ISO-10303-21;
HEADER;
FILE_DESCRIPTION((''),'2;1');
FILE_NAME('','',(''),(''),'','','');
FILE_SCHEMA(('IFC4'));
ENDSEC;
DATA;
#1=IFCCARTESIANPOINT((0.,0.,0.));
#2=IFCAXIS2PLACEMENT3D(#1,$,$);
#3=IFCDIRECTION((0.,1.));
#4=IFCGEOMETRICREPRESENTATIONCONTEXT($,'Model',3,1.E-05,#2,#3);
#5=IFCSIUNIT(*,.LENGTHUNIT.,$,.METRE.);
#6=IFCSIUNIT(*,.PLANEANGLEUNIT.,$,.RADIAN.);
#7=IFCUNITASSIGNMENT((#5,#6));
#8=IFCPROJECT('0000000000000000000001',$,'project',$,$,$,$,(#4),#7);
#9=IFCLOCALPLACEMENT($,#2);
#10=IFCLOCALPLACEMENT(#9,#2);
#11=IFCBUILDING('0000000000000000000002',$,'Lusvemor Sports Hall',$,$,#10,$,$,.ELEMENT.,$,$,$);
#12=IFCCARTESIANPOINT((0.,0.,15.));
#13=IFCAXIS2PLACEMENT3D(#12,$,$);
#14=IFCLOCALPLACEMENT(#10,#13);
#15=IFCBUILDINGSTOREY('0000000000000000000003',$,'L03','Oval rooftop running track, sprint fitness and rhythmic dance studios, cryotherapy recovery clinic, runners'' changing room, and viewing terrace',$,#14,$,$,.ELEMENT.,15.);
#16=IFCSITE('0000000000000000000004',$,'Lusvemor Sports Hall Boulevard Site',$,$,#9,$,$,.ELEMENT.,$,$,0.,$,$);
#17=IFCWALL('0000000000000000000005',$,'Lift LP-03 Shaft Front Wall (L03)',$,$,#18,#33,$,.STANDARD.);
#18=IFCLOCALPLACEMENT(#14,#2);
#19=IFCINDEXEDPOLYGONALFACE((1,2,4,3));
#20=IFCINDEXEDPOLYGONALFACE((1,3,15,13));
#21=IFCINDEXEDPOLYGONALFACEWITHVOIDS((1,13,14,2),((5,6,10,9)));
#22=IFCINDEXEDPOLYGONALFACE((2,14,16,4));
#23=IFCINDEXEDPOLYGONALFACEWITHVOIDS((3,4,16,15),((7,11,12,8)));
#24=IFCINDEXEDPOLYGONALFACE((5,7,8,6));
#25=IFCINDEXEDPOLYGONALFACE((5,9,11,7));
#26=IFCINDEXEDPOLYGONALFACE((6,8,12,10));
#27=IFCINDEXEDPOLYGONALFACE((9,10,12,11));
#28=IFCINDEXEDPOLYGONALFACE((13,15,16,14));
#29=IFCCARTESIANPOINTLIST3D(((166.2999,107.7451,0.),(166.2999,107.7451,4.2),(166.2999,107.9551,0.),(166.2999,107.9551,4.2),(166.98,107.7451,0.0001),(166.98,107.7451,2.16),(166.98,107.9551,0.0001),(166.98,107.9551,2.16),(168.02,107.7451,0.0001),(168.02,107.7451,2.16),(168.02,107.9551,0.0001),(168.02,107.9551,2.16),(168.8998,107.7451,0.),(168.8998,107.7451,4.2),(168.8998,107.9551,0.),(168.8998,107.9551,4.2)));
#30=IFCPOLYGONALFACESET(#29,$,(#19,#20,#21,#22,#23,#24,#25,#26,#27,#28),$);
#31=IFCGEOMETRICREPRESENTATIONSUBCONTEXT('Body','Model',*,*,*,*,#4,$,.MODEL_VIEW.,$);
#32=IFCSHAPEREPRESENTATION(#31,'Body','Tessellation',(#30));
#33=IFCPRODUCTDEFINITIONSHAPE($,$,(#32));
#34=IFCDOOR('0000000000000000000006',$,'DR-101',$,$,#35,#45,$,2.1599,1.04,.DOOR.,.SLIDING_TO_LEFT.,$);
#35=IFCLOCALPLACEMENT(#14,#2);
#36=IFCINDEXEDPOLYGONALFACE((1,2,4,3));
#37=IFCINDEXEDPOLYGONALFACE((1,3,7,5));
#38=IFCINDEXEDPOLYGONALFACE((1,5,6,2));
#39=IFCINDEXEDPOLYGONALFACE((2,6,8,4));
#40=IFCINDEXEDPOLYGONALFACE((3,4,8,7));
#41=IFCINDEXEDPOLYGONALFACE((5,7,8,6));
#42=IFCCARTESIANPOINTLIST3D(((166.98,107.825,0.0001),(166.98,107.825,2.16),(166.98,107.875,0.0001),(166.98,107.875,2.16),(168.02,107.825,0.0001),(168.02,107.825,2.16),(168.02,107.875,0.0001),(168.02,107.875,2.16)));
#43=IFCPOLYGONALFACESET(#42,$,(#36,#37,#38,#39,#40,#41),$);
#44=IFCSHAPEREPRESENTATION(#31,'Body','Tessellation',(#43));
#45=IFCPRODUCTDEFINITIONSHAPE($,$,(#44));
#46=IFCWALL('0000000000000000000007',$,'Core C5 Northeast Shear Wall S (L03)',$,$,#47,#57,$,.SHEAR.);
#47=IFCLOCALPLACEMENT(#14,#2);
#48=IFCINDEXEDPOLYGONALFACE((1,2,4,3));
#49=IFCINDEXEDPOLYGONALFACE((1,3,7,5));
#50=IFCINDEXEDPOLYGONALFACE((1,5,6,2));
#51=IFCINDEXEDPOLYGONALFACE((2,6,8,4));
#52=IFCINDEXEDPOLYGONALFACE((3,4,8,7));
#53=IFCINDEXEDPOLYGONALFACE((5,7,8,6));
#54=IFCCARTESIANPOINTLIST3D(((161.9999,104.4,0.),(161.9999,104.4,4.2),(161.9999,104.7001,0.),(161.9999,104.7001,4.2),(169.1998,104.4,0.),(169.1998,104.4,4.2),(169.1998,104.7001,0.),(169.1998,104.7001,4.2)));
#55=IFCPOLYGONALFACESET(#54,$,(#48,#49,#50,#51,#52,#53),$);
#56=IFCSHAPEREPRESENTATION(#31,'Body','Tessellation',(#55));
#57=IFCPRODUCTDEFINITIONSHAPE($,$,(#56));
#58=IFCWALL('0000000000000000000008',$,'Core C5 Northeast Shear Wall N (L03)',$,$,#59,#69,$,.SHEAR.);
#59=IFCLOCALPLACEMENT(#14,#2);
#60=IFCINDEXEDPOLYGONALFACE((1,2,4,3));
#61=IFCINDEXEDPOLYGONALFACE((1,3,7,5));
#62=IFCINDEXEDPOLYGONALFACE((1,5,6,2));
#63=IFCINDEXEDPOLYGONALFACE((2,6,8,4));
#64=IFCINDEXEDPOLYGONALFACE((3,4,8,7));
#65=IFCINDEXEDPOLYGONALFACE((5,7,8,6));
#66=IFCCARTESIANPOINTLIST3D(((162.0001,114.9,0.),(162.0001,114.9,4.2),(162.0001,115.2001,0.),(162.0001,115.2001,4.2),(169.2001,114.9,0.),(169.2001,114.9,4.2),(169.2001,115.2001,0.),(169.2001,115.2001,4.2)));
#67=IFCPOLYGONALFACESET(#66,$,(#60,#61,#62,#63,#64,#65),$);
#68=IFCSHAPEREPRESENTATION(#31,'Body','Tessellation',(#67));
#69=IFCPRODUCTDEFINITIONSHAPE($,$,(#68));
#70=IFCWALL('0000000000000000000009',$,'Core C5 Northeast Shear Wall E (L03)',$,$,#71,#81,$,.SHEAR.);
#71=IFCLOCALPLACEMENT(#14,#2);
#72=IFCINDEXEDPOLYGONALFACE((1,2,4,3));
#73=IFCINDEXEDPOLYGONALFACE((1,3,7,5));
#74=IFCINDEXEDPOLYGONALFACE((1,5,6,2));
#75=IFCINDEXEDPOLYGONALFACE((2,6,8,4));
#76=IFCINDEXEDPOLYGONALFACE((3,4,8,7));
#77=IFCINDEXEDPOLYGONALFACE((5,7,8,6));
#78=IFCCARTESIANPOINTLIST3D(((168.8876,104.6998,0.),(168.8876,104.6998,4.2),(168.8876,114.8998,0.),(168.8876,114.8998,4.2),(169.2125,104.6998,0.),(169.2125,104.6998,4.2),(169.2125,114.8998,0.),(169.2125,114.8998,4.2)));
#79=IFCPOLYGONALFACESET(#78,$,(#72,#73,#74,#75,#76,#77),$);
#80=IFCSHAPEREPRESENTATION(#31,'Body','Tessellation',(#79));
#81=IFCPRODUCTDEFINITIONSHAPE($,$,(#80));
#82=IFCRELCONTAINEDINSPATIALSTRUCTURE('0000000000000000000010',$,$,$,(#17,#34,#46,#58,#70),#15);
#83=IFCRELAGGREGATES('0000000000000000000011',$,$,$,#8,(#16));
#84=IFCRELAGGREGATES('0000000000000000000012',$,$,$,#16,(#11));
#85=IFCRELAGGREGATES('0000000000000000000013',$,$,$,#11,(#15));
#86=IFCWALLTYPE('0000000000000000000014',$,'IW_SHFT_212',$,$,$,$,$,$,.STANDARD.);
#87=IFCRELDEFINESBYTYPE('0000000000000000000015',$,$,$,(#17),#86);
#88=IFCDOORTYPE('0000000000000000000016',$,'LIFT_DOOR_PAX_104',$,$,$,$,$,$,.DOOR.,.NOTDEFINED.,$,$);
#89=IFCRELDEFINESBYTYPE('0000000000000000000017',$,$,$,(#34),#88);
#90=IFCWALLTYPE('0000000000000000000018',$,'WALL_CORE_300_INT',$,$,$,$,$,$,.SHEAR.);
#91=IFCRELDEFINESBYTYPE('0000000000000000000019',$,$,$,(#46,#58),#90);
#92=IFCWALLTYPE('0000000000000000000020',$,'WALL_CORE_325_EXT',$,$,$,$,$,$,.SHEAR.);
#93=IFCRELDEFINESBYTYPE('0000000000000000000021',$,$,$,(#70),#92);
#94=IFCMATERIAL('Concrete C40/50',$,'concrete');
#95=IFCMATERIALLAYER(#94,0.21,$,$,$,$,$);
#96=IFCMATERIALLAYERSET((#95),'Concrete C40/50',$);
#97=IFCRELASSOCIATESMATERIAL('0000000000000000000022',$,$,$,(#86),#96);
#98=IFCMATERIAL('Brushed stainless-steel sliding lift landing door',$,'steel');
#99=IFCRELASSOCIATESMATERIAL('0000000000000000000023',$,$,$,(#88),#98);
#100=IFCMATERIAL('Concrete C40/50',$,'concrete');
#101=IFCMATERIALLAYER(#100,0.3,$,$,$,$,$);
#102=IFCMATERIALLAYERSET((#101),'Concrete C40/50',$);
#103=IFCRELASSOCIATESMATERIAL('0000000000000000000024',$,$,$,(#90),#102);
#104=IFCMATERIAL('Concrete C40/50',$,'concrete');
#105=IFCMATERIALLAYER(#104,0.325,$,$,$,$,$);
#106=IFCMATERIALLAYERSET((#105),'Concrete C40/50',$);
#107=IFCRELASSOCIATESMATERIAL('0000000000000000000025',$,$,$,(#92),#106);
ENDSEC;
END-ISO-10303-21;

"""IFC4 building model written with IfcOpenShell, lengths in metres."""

from ifc_helpers import new_model, si_unit, direction, frame, frame_2d, origin, place, context, subcontext, project, spatial, rectangle, extrude, material, layer, layer_set, type_object, element, fill, save


model = new_model("IFC4")

# Units and contexts
model_context = context("Model", 3, precision=1e-05, world=origin(), true_north=direction((0.0, 1.0)))
body_context = subcontext(model_context, "Body", "Model", "MODEL_VIEW")
ifc_project = project(units=[si_unit("LENGTHUNIT", "METRE"), si_unit("PLANEANGLEUNIT", "RADIAN")], contexts=[model_context])

# Site, building, storey
site_placement = place(None, origin())
site = spatial("IfcSite", under=ifc_project, at=site_placement, Name="Lusvemor Sports Hall Boulevard Site", CompositionType="ELEMENT", RefElevation=0.0)
building_placement = place(site_placement, origin())
building = spatial("IfcBuilding", under=site, at=building_placement, Name="Lusvemor Sports Hall", CompositionType="ELEMENT")
storey_placement = place(building_placement, frame((0.0, 0.0, 15.0)))
storey = spatial("IfcBuildingStorey", under=building, at=storey_placement, Name="L03", Description="Oval rooftop running track, sprint fitness and rhythmic dance studios, cryotherapy recovery clinic, runners' changing room, and viewing terrace", CompositionType="ELEMENT", Elevation=15.0)

# Wall, opening, door
ifc_material_1 = material(Name="Concrete C40/50", Category="concrete")
ifc_layer_1 = layer(ifc_material_1, 0.21)
ifc_layer_set_1 = layer_set([ifc_layer_1], Name="Concrete C40/50")
wall_type_1 = type_object("IfcWallType", Name="IW_SHFT_212", PredefinedType="STANDARD", material=ifc_layer_set_1)
wall_1_placement = place(storey_placement, frame((166.3, 107.8501, 0.0), z_axis=(0.0, 0.0, 1.0), x_axis=(1.0, 0.0, 0.0)))
wall_1 = element("IfcWall", 1, at=wall_1_placement, inside=storey, type_object=wall_type_1, Name="Lift LP-03 Shaft Front Wall (L03)", PredefinedType="STANDARD", context=body_context, shape_type="SweptSolid", body=[
    extrude(rectangle(XDim=2.5999, YDim=0.21, at=frame_2d((1.2998, 0.0))), origin(), (0.0, 0.0, 1.0), 4.2),
])
opening_1_placement = place(wall_1_placement, frame((0.6799, 0.0, 0.0)))
opening_1 = element("IfcOpeningElement", 2, at=opening_1_placement, cuts=wall_1, PredefinedType="OPENING", context=body_context, shape_type="SweptSolid", body=[
    extrude(rectangle(XDim=1.04, YDim=2.1599, at=frame_2d((0.52, 1.0801))), frame((0.0, 0.105, 0.0), z_axis=(0.0, -1.0, 0.0), x_axis=(1.0, 0.0, 0.0)), (0.0, 0.0, 1.0), 0.21),
])
ifc_material_2 = material(Name="Brushed stainless-steel sliding lift landing door", Category="steel")
door_type_1 = type_object("IfcDoorType", Name="LIFT_DOOR_PAX_104", OperationType="NOTDEFINED", PredefinedType="DOOR", material=ifc_material_2)
door_1_placement = place(opening_1_placement, origin())
door_1 = element("IfcDoor", 3, at=door_1_placement, inside=storey, type_object=door_type_1, Name="DR-101", OperationType="SLIDING_TO_LEFT", OverallHeight=2.1599, OverallWidth=1.04, PredefinedType="DOOR", context=body_context, shape_type="SweptSolid", body=[
    extrude(rectangle(XDim=1.04, YDim=2.1599, at=frame_2d((0.52, 1.0801))), frame((0.0, 0.0249, 0.0), z_axis=(0.0, -1.0, 0.0), x_axis=(1.0, 0.0, 0.0)), (0.0, 0.0, 1.0), 0.05),
])
fill(opening_1, door_1)

# Walls
ifc_material_3 = material(Name="Concrete C40/50", Category="concrete")
ifc_layer_2 = layer(ifc_material_3, 0.3)
ifc_layer_set_2 = layer_set([ifc_layer_2], Name="Concrete C40/50")
wall_type_2 = type_object("IfcWallType", Name="WALL_CORE_300_INT", PredefinedType="SHEAR", material=ifc_layer_set_2)
for number, where, z_axis, x_axis, name in (
    (4, (169.2, 104.55, 0.0), (0.0, 0.0, 1.0), (-1.0, 0.0, 0.0), "Core C5 Northeast Shear Wall S (L03)"),
    (5, (162.0, 115.05, 0.0), (0.0, 0.0, 1.0), (1.0, 0.0, 0.0), "Core C5 Northeast Shear Wall N (L03)"),
):
    element("IfcWall", number, at=place(storey_placement, frame(where, z_axis=z_axis, x_axis=x_axis)), inside=storey, type_object=wall_type_2, Name=name, PredefinedType="SHEAR", context=body_context, shape_type="SweptSolid", body=[
        extrude(rectangle(XDim=7.2, YDim=0.3, at=frame_2d((3.6001, 0.0))), origin(), (0.0, 0.0, 1.0), 4.2),
    ])

# Wall
ifc_material_4 = material(Name="Concrete C40/50", Category="concrete")
ifc_layer_3 = layer(ifc_material_4, 0.325)
ifc_layer_set_3 = layer_set([ifc_layer_3], Name="Concrete C40/50")
wall_type_3 = type_object("IfcWallType", Name="WALL_CORE_325_EXT", PredefinedType="SHEAR", material=ifc_layer_set_3)
wall_2_placement = place(storey_placement, frame((169.05, 114.8999, 0.0), z_axis=(0.0, 0.0, 1.0), x_axis=(0.0, -1.0, 0.0)))
element("IfcWall", 6, at=wall_2_placement, inside=storey, type_object=wall_type_3, Name="Core C5 Northeast Shear Wall E (L03)", PredefinedType="SHEAR", context=body_context, shape_type="SweptSolid", body=[
    extrude(rectangle(XDim=10.2, YDim=0.325, at=frame_2d((5.1001, 0.0))), origin(), (0.0, 0.0, 1.0), 4.2),
])

save(model, "model.ifc")
